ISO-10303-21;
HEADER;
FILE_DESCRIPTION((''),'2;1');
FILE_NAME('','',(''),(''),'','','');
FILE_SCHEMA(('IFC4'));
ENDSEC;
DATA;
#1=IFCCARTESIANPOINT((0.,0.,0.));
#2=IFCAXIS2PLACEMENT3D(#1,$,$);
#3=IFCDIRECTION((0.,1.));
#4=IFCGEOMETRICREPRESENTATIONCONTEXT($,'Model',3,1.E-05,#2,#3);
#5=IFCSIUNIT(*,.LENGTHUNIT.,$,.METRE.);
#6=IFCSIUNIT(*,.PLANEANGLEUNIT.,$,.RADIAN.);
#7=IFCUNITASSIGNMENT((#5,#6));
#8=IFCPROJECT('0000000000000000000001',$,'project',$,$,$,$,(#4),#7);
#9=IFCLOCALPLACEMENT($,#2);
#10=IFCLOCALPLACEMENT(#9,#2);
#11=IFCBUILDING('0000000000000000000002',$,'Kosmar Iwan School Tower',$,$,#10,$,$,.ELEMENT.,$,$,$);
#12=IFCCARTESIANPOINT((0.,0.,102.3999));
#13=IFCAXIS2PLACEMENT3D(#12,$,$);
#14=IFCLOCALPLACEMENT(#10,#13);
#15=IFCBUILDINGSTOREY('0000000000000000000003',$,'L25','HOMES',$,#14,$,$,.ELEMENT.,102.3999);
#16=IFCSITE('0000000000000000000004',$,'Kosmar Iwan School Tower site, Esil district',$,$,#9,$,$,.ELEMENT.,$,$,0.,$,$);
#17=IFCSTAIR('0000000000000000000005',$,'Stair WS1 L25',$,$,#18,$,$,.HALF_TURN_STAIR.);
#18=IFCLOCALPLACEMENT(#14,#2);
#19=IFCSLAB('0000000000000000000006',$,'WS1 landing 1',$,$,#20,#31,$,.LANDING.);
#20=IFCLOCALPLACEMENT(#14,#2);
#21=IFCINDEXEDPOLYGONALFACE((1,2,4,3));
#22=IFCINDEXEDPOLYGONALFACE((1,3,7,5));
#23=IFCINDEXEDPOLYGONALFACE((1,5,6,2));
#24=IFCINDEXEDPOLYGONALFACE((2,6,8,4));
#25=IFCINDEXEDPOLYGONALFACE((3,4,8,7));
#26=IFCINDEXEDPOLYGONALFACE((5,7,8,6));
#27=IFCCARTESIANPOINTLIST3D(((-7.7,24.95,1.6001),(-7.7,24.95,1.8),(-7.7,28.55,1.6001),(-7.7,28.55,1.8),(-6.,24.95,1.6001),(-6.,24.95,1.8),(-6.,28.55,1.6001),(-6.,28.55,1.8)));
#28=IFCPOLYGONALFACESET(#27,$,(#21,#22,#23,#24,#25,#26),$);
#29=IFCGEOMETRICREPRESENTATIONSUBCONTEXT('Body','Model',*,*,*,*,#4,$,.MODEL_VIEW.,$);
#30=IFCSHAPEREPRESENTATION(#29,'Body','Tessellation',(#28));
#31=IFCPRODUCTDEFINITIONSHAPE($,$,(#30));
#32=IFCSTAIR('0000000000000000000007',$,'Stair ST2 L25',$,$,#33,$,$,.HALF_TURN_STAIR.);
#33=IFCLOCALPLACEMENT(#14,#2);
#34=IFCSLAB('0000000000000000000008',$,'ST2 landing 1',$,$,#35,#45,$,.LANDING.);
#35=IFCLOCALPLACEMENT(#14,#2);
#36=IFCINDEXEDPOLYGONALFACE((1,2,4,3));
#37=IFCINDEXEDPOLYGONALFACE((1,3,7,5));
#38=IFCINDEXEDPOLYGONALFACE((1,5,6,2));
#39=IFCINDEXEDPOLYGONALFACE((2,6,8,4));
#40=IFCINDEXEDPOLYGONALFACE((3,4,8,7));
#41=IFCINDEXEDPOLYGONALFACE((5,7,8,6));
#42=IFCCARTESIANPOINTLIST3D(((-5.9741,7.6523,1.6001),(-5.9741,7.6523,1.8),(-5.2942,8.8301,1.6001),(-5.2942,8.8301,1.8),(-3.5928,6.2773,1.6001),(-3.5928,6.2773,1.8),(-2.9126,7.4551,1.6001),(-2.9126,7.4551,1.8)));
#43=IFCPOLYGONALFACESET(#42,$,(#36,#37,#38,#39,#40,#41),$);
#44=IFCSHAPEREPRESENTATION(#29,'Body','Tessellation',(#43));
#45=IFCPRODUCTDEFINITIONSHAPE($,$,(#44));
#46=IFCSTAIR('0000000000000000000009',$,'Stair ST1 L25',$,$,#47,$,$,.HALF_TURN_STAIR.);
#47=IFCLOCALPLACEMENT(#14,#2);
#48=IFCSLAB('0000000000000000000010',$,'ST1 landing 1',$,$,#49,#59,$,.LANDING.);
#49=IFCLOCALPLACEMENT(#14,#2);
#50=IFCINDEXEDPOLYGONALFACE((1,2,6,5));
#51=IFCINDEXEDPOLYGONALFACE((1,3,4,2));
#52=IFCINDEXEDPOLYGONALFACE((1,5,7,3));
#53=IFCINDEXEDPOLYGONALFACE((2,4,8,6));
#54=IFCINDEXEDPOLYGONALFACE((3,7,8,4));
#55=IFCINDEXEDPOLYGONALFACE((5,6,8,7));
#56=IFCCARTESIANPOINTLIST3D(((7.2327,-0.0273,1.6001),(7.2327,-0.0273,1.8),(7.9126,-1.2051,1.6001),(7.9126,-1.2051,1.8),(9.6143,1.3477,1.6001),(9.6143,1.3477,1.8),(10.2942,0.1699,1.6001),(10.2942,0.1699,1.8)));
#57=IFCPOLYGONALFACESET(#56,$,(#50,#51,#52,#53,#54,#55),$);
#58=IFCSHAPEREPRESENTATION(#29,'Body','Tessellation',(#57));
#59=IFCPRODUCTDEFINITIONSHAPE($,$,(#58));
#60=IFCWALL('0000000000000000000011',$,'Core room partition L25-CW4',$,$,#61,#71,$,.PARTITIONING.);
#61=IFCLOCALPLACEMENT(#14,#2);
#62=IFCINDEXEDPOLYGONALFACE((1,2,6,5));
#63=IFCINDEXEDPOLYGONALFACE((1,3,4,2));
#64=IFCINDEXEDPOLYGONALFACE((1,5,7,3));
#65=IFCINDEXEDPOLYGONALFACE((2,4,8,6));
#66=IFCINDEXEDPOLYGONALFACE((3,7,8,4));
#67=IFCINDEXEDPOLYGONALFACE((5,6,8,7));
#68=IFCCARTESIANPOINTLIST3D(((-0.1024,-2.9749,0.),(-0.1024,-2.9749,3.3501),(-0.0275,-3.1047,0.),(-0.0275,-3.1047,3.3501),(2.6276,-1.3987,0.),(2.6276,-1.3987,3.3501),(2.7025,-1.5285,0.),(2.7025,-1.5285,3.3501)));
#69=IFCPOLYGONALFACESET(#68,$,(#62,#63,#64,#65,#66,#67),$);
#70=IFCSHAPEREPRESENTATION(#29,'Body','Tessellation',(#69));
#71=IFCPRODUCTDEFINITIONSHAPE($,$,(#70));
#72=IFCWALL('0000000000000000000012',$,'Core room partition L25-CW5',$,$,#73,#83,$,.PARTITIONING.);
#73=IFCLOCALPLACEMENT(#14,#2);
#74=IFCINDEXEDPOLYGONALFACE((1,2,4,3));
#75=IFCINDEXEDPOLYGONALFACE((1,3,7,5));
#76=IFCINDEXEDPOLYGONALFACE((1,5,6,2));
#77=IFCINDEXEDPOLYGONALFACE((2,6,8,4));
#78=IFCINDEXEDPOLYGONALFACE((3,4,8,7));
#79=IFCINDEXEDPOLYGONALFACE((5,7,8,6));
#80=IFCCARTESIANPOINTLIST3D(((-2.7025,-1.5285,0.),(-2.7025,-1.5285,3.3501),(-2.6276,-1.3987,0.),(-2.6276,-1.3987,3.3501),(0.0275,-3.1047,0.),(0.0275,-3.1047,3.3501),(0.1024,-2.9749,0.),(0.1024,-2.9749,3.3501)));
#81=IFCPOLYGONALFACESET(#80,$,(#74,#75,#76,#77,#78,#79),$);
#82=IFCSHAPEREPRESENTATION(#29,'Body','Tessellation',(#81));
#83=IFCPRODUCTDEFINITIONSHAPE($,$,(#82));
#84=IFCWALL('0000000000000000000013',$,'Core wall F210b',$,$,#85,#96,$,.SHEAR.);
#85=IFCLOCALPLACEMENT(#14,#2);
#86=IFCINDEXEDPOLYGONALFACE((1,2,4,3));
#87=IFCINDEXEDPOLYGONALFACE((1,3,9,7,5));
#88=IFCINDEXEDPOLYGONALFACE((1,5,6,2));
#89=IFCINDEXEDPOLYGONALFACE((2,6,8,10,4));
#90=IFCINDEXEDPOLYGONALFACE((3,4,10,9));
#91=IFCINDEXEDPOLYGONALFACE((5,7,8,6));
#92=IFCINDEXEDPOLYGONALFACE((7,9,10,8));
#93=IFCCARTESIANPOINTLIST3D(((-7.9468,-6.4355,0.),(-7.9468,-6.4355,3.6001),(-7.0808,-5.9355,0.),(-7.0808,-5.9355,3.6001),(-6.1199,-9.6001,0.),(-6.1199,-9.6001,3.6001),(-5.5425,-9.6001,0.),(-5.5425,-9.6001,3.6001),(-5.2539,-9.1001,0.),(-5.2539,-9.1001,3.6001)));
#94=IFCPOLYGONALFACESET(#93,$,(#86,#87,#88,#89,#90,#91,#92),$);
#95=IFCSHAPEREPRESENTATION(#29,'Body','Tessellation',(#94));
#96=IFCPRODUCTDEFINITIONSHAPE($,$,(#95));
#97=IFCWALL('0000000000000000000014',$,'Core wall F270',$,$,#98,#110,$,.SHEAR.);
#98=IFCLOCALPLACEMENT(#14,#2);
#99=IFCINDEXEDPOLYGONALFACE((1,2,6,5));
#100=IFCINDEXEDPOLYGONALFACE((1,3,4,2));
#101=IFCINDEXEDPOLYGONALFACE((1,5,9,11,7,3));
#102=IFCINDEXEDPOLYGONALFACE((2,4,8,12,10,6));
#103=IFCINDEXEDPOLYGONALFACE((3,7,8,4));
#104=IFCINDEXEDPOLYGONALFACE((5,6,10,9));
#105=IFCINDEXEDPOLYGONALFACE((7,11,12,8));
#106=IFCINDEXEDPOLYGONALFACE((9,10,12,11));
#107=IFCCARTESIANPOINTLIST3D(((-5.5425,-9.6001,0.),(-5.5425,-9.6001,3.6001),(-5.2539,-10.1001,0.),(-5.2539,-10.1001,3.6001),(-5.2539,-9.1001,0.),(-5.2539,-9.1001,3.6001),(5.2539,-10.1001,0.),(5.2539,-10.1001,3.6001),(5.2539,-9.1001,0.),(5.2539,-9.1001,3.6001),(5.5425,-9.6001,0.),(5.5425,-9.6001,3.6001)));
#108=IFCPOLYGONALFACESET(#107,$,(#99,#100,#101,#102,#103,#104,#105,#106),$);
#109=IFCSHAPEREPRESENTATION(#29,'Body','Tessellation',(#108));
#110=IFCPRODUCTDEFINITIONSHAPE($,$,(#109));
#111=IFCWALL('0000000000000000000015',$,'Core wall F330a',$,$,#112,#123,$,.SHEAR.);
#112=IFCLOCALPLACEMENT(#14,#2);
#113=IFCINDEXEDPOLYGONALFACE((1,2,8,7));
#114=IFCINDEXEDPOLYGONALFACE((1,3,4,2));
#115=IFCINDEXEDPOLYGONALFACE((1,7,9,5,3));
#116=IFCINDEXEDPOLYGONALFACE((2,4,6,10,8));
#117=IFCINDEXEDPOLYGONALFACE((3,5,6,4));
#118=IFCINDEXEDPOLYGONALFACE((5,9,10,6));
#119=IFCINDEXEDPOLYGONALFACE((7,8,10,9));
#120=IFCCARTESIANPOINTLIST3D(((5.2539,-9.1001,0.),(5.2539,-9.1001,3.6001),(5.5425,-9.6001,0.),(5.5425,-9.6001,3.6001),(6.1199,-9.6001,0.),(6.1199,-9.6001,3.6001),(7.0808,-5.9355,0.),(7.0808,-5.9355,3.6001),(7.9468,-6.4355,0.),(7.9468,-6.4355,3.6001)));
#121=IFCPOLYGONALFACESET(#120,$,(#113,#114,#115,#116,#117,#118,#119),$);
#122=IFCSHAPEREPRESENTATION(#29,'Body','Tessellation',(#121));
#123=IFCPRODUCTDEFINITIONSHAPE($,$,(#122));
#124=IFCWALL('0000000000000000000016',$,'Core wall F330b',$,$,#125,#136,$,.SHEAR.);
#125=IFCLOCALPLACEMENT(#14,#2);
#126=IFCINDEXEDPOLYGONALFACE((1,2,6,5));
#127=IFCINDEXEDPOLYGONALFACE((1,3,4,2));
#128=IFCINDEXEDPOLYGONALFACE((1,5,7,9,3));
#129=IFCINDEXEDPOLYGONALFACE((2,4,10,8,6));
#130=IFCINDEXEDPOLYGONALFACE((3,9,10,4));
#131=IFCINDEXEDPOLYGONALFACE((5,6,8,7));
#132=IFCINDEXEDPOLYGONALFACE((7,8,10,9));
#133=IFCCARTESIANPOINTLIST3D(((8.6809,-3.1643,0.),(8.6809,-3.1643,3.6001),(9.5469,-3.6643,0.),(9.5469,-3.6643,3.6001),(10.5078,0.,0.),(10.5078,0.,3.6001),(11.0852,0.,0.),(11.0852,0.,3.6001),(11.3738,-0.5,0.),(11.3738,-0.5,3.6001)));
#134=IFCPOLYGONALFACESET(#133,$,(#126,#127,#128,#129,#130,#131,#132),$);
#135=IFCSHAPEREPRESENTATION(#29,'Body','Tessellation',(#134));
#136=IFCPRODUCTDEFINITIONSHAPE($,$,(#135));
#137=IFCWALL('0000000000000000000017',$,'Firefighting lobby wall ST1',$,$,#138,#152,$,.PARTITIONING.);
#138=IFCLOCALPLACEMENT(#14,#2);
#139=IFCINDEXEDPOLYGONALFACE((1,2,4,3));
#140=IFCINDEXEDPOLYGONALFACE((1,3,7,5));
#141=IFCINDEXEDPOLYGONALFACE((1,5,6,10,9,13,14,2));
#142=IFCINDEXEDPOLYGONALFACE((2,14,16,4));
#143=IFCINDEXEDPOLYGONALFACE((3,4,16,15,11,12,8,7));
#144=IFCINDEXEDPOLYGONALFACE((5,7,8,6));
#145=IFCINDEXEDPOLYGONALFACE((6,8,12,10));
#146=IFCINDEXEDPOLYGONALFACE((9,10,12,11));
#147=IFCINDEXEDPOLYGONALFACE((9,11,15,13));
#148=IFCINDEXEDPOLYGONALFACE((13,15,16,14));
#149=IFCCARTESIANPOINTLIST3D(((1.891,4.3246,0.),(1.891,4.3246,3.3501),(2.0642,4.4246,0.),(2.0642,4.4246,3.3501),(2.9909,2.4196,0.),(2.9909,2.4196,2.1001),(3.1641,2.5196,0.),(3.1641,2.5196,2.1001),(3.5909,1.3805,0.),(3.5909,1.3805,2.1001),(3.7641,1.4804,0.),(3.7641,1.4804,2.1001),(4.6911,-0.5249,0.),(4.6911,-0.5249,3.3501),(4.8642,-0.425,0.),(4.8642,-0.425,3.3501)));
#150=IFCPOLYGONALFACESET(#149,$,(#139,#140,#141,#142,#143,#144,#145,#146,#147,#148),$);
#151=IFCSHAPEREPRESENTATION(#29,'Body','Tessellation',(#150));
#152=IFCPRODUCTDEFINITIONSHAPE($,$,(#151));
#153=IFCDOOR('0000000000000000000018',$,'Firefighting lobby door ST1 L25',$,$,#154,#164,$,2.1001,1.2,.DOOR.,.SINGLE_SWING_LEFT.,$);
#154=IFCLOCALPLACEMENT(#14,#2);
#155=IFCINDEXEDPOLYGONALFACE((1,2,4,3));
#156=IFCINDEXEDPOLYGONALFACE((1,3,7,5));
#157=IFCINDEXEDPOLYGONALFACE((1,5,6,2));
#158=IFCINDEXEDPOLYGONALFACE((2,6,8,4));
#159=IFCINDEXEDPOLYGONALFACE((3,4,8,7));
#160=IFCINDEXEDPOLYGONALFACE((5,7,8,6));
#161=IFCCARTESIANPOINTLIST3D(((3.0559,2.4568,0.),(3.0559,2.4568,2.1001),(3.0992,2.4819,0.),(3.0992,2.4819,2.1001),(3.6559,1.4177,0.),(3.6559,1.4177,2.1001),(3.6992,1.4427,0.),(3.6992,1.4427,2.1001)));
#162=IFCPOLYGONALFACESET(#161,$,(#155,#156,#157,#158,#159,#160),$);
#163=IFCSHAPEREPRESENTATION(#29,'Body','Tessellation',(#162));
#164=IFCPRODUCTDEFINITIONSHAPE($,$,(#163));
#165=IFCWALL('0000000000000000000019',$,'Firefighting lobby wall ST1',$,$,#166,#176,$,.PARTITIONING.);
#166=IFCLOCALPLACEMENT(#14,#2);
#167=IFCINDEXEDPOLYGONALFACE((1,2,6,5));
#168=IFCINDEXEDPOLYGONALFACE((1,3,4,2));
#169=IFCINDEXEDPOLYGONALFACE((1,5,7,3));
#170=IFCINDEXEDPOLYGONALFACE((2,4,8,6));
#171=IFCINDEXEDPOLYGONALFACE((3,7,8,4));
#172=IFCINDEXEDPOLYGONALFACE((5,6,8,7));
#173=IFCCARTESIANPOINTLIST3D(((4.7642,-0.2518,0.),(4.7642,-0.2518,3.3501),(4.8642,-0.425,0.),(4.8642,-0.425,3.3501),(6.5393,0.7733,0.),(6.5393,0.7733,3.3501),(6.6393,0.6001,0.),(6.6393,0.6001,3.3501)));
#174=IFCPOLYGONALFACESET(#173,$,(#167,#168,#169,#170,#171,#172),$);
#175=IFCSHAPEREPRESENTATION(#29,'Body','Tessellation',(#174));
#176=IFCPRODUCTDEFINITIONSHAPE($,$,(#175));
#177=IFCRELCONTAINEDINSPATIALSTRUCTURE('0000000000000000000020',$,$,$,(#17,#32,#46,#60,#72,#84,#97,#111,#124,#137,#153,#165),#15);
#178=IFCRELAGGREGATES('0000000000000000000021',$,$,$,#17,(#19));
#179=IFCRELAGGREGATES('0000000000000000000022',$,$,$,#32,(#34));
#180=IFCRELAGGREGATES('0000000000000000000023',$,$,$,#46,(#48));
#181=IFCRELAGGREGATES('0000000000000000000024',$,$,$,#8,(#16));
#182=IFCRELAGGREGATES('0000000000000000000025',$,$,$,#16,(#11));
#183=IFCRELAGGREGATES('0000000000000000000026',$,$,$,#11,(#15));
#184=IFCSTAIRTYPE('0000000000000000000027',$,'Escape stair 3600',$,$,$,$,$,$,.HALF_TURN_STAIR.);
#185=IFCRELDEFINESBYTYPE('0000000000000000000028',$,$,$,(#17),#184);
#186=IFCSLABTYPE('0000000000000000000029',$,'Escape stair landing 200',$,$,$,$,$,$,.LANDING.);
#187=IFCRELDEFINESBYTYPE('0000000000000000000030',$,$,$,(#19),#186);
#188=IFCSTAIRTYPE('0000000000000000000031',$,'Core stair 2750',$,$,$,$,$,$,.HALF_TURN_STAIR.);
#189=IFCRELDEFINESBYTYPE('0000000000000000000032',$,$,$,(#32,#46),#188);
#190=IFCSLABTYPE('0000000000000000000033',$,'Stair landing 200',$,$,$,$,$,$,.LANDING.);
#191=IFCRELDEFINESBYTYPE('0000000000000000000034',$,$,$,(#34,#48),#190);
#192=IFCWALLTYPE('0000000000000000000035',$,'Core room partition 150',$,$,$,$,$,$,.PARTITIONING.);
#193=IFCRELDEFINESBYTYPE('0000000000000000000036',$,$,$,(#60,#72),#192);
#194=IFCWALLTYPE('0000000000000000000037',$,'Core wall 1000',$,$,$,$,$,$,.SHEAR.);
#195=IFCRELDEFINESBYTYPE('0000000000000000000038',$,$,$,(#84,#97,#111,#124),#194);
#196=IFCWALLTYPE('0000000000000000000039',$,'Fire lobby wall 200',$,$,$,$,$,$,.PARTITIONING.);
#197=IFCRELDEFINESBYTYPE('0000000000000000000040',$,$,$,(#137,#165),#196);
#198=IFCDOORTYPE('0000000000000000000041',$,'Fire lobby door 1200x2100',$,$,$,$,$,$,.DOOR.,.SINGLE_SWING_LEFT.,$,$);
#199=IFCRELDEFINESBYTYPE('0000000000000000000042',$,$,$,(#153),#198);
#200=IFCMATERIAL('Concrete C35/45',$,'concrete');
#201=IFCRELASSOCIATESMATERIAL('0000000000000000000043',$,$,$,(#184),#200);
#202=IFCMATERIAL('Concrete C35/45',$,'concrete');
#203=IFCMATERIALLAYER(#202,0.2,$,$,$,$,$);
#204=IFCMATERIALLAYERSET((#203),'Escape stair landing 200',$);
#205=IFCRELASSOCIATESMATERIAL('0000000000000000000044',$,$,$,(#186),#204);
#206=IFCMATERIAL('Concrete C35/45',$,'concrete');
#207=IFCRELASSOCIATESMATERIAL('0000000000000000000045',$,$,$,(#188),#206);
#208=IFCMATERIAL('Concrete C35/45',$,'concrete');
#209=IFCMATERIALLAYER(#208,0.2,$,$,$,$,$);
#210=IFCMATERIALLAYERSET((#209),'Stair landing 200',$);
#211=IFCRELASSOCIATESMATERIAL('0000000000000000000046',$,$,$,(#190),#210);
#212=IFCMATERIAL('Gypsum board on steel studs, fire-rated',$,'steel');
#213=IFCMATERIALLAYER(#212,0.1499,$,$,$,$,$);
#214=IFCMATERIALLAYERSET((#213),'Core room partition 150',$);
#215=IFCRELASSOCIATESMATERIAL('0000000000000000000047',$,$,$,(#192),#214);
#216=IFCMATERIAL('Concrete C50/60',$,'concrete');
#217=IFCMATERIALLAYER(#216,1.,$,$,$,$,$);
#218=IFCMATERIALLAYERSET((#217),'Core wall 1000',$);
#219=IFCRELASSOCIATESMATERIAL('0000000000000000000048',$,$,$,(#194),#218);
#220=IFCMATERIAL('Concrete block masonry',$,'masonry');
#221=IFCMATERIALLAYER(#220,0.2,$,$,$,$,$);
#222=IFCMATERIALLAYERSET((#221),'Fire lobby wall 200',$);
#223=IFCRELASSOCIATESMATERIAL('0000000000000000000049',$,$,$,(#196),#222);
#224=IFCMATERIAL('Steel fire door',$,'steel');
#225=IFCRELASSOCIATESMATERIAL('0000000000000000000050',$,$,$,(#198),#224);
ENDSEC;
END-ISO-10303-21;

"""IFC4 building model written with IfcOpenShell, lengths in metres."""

from ifc_helpers import new_model, si_unit, direction, frame, frame_2d, origin, place, context, subcontext, project, spatial, polyline, rectangle, outline, extrude, material, layer, layer_set, type_object, element, fill, aggregate, save


model = new_model("IFC4")

# Units and contexts
model_context = context("Model", 3, precision=1e-05, world=origin(), true_north=direction((0.0, 1.0)))
body_context = subcontext(model_context, "Body", "Model", "MODEL_VIEW")
ifc_project = project(units=[si_unit("LENGTHUNIT", "METRE"), si_unit("PLANEANGLEUNIT", "RADIAN")], contexts=[model_context])

# Site, building, storey
site_placement = place(None, origin())
site = spatial("IfcSite", under=ifc_project, at=site_placement, Name="Kosmar Iwan School Tower site, Esil district", CompositionType="ELEMENT", RefElevation=0.0)
building_placement = place(site_placement, origin())
building = spatial("IfcBuilding", under=site, at=building_placement, Name="Kosmar Iwan School Tower", CompositionType="ELEMENT")
storey_placement = place(building_placement, frame((0.0, 0.0, 102.3999)))
storey = spatial("IfcBuildingStorey", under=building, at=storey_placement, Name="L25", Description="HOMES", CompositionType="ELEMENT", Elevation=102.3999)

# Stairs, slabs
ifc_material_1 = material(Name="Concrete C35/45", Category="concrete")
stair_type_1 = type_object("IfcStairType", Name="Escape stair 3600", PredefinedType="HALF_TURN_STAIR", material=ifc_material_1)
stair_1_placement = place(storey_placement, origin())
stair_1 = element("IfcStair", 1, at=stair_1_placement, inside=storey, type_object=stair_type_1, Name="Stair WS1 L25", PredefinedType="HALF_TURN_STAIR")
ifc_material_2 = material(Name="Concrete C35/45", Category="concrete")
ifc_layer_1 = layer(ifc_material_2, 0.2)
ifc_layer_set_1 = layer_set([ifc_layer_1], Name="Escape stair landing 200")
slab_type_1 = type_object("IfcSlabType", Name="Escape stair landing 200", PredefinedType="LANDING", material=ifc_layer_set_1)
slab_1_placement = place(storey_placement, frame((0.0, 0.0, 1.6001)))
slab_1 = element("IfcSlab", 2, at=slab_1_placement, type_object=slab_type_1, Name="WS1 landing 1", PredefinedType="LANDING", context=body_context, shape_type="SweptSolid", body=[
    extrude(outline(polyline([(-6.0, 24.95), (-6.0, 28.55), (-7.7, 28.55), (-7.7, 24.95), (-6.0, 24.95)])), origin(), (0.0, 0.0, 1.0), 0.2),
])
aggregate(stair_1, [slab_1])
ifc_material_3 = material(Name="Concrete C35/45", Category="concrete")
stair_type_2 = type_object("IfcStairType", Name="Core stair 2750", PredefinedType="HALF_TURN_STAIR", material=ifc_material_3)
stair_2_placement = place(storey_placement, origin())
stair_2 = element("IfcStair", 3, at=stair_2_placement, inside=storey, type_object=stair_type_2, Name="Stair ST2 L25", PredefinedType="HALF_TURN_STAIR")
ifc_material_4 = material(Name="Concrete C35/45", Category="concrete")
ifc_layer_2 = layer(ifc_material_4, 0.2)
ifc_layer_set_2 = layer_set([ifc_layer_2], Name="Stair landing 200")
slab_type_2 = type_object("IfcSlabType", Name="Stair landing 200", PredefinedType="LANDING", material=ifc_layer_set_2)
slab_2_placement = place(storey_placement, frame((0.0, 0.0, 1.6001)))
slab_2 = element("IfcSlab", 4, at=slab_2_placement, type_object=slab_type_2, Name="ST2 landing 1", PredefinedType="LANDING", context=body_context, shape_type="SweptSolid", body=[
    extrude(outline(polyline([(-2.9126, 7.4551), (-5.2942, 8.8301), (-5.9741, 7.6523), (-3.5928, 6.2773), (-2.9126, 7.4551)])), origin(), (0.0, 0.0, 1.0), 0.2),
])
aggregate(stair_2, [slab_2])
stair_3_placement = place(storey_placement, origin())
stair_3 = element("IfcStair", 5, at=stair_3_placement, inside=storey, type_object=stair_type_2, Name="Stair ST1 L25", PredefinedType="HALF_TURN_STAIR")
slab_3_placement = place(storey_placement, frame((0.0, 0.0, 1.6001)))
slab_3 = element("IfcSlab", 6, at=slab_3_placement, type_object=slab_type_2, Name="ST1 landing 1", PredefinedType="LANDING", context=body_context, shape_type="SweptSolid", body=[
    extrude(outline(polyline([(7.9126, -1.2051), (10.2942, 0.1699), (9.6143, 1.3477), (7.2327, -0.0273), (7.9126, -1.2051)])), origin(), (0.0, 0.0, 1.0), 0.2),
])
aggregate(stair_3, [slab_3])

# Walls
ifc_material_5 = material(Name="Gypsum board on steel studs, fire-rated", Category="steel")
ifc_layer_3 = layer(ifc_material_5, 0.1499)
ifc_layer_set_3 = layer_set([ifc_layer_3], Name="Core room partition 150")
wall_type_1 = type_object("IfcWallType", Name="Core room partition 150", PredefinedType="PARTITIONING", material=ifc_layer_set_3)
for number, where, z_axis, x_axis, name in (
    (7, (2.665, -1.4636, 0.0), (0.0, 0.0, 1.0), (-0.866023, -0.500004, 0.0), "Core room partition L25-CW4"),
    (8, (0.0649, -3.0398, 0.0), (0.0, 0.0, 1.0), (-0.866023, 0.500004, 0.0), "Core room partition L25-CW5"),
):
    element("IfcWall", number, at=place(storey_placement, frame(where, z_axis=z_axis, x_axis=x_axis)), inside=storey, type_object=wall_type_1, Name=name, PredefinedType="PARTITIONING", context=body_context, shape_type="SweptSolid", body=[
        extrude(rectangle(XDim=3.1523, YDim=0.1499, at=frame_2d((1.5762, 0.0))), origin(), (0.0, 0.0, 1.0), 3.3501),
    ])
ifc_material_6 = material(Name="Concrete C50/60", Category="concrete")
ifc_layer_4 = layer(ifc_material_6, 1.0)
ifc_layer_set_4 = layer_set([ifc_layer_4], Name="Core wall 1000")
wall_type_2 = type_object("IfcWallType", Name="Core wall 1000", PredefinedType="SHEAR", material=ifc_layer_set_4)
wall_1_placement = place(storey_placement, origin())
element("IfcWall", 9, at=wall_1_placement, inside=storey, type_object=wall_type_2, Name="Core wall F210b", PredefinedType="SHEAR", context=body_context, shape_type="SweptSolid", body=[
    extrude(outline(polyline([(-6.1199, -9.6001), (-5.5425, -9.6001), (-5.2539, -9.1001), (-7.0808, -5.9355), (-7.9468, -6.4355), (-6.1199, -9.6001)])), origin(), (0.0, 0.0, 1.0), 3.6001),
])
wall_2_placement = place(storey_placement, origin())
element("IfcWall", 10, at=wall_2_placement, inside=storey, type_object=wall_type_2, Name="Core wall F270", PredefinedType="SHEAR", context=body_context, shape_type="SweptSolid", body=[
    extrude(outline(polyline([(-5.2539, -10.1001), (5.2539, -10.1001), (5.5425, -9.6001), (5.2539, -9.1001), (-5.2539, -9.1001), (-5.5425, -9.6001), (-5.2539, -10.1001)])), origin(), (0.0, 0.0, 1.0), 3.6001),
])
wall_3_placement = place(storey_placement, origin())
element("IfcWall", 11, at=wall_3_placement, inside=storey, type_object=wall_type_2, Name="Core wall F330a", PredefinedType="SHEAR", context=body_context, shape_type="SweptSolid", body=[
    extrude(outline(polyline([(5.5425, -9.6001), (6.1199, -9.6001), (7.9468, -6.4355), (7.0808, -5.9355), (5.2539, -9.1001), (5.5425, -9.6001)])), origin(), (0.0, 0.0, 1.0), 3.6001),
])
wall_4_placement = place(storey_placement, origin())
element("IfcWall", 12, at=wall_4_placement, inside=storey, type_object=wall_type_2, Name="Core wall F330b", PredefinedType="SHEAR", context=body_context, shape_type="SweptSolid", body=[
    extrude(outline(polyline([(9.5469, -3.6643), (11.3738, -0.5), (11.0852, 0.0), (10.5078, 0.0), (8.6809, -3.1643), (9.5469, -3.6643)])), origin(), (0.0, 0.0, 1.0), 3.6001),
])

# Wall, opening, door
ifc_material_7 = material(Name="Concrete block masonry", Category="masonry")
ifc_layer_5 = layer(ifc_material_7, 0.2)
ifc_layer_set_5 = layer_set([ifc_layer_5], Name="Fire lobby wall 200")
wall_type_3 = type_object("IfcWallType", Name="Fire lobby wall 200", PredefinedType="PARTITIONING", material=ifc_layer_set_5)
wall_5_placement = place(storey_placement, frame((4.7776, -0.4749, 0.0), z_axis=(0.0, 0.0, 1.0), x_axis=(-0.500017, 0.866016, 0.0)))
wall_5 = element("IfcWall", 13, at=wall_5_placement, inside=storey, type_object=wall_type_3, Name="Firefighting lobby wall ST1", PredefinedType="PARTITIONING", context=body_context, shape_type="SweptSolid", body=[
    extrude(rectangle(XDim=5.5999, YDim=0.2, at=frame_2d((2.7998, 0.0))), origin(), (0.0, 0.0, 1.0), 3.3501),
])
opening_1_placement = place(wall_5_placement, frame((2.2, 0.0, 0.0)))
opening_1 = element("IfcOpeningElement", 14, at=opening_1_placement, cuts=wall_5, PredefinedType="OPENING", context=body_context, shape_type="SweptSolid", body=[
    extrude(rectangle(XDim=1.2, YDim=2.1001, at=frame_2d((0.6001, 1.05))), frame((0.0, 0.1121, 0.0), z_axis=(0.0, -1.0, 0.0), x_axis=(1.0, 0.0, 0.0)), (0.0, 0.0, 1.0), 0.2239),
])
ifc_material_8 = material(Name="Steel fire door", Category="steel")
door_type_1 = type_object("IfcDoorType", Name="Fire lobby door 1200x2100", OperationType="SINGLE_SWING_LEFT", PredefinedType="DOOR", material=ifc_material_8)
door_1_placement = place(opening_1_placement, frame((1.2, 0.0, 0.0), z_axis=(0.0, 0.0, 1.0), x_axis=(-1.0, 0.0, 0.0)))
door_1 = element("IfcDoor", 15, at=door_1_placement, inside=storey, type_object=door_type_1, Name="Firefighting lobby door ST1 L25", OperationType="SINGLE_SWING_LEFT", OverallHeight=2.1001, OverallWidth=1.2, PredefinedType="DOOR", context=body_context, shape_type="SweptSolid", body=[
    extrude(rectangle(XDim=1.2, YDim=2.1001, at=frame_2d((0.6001, 1.05))), frame((0.0, 0.0249, 0.0), z_axis=(0.0, -1.0, 0.0), x_axis=(1.0, 0.0, 0.0)), (0.0, 0.0, 1.0), 0.05),
])
fill(opening_1, door_1)

# Wall
wall_6_placement = place(storey_placement, frame((4.8142, -0.3384, 0.0), z_axis=(0.0, 0.0, 1.0), x_axis=(0.865969, 0.500097, 0.0)))
element("IfcWall", 16, at=wall_6_placement, inside=storey, type_object=wall_type_3, Name="Firefighting lobby wall ST1", PredefinedType="PARTITIONING", context=body_context, shape_type="SweptSolid", body=[
    extrude(rectangle(XDim=2.0498, YDim=0.2, at=frame_2d((1.0249, 0.0))), origin(), (0.0, 0.0, 1.0), 3.3501),
])

save(model, "model.ifc")
